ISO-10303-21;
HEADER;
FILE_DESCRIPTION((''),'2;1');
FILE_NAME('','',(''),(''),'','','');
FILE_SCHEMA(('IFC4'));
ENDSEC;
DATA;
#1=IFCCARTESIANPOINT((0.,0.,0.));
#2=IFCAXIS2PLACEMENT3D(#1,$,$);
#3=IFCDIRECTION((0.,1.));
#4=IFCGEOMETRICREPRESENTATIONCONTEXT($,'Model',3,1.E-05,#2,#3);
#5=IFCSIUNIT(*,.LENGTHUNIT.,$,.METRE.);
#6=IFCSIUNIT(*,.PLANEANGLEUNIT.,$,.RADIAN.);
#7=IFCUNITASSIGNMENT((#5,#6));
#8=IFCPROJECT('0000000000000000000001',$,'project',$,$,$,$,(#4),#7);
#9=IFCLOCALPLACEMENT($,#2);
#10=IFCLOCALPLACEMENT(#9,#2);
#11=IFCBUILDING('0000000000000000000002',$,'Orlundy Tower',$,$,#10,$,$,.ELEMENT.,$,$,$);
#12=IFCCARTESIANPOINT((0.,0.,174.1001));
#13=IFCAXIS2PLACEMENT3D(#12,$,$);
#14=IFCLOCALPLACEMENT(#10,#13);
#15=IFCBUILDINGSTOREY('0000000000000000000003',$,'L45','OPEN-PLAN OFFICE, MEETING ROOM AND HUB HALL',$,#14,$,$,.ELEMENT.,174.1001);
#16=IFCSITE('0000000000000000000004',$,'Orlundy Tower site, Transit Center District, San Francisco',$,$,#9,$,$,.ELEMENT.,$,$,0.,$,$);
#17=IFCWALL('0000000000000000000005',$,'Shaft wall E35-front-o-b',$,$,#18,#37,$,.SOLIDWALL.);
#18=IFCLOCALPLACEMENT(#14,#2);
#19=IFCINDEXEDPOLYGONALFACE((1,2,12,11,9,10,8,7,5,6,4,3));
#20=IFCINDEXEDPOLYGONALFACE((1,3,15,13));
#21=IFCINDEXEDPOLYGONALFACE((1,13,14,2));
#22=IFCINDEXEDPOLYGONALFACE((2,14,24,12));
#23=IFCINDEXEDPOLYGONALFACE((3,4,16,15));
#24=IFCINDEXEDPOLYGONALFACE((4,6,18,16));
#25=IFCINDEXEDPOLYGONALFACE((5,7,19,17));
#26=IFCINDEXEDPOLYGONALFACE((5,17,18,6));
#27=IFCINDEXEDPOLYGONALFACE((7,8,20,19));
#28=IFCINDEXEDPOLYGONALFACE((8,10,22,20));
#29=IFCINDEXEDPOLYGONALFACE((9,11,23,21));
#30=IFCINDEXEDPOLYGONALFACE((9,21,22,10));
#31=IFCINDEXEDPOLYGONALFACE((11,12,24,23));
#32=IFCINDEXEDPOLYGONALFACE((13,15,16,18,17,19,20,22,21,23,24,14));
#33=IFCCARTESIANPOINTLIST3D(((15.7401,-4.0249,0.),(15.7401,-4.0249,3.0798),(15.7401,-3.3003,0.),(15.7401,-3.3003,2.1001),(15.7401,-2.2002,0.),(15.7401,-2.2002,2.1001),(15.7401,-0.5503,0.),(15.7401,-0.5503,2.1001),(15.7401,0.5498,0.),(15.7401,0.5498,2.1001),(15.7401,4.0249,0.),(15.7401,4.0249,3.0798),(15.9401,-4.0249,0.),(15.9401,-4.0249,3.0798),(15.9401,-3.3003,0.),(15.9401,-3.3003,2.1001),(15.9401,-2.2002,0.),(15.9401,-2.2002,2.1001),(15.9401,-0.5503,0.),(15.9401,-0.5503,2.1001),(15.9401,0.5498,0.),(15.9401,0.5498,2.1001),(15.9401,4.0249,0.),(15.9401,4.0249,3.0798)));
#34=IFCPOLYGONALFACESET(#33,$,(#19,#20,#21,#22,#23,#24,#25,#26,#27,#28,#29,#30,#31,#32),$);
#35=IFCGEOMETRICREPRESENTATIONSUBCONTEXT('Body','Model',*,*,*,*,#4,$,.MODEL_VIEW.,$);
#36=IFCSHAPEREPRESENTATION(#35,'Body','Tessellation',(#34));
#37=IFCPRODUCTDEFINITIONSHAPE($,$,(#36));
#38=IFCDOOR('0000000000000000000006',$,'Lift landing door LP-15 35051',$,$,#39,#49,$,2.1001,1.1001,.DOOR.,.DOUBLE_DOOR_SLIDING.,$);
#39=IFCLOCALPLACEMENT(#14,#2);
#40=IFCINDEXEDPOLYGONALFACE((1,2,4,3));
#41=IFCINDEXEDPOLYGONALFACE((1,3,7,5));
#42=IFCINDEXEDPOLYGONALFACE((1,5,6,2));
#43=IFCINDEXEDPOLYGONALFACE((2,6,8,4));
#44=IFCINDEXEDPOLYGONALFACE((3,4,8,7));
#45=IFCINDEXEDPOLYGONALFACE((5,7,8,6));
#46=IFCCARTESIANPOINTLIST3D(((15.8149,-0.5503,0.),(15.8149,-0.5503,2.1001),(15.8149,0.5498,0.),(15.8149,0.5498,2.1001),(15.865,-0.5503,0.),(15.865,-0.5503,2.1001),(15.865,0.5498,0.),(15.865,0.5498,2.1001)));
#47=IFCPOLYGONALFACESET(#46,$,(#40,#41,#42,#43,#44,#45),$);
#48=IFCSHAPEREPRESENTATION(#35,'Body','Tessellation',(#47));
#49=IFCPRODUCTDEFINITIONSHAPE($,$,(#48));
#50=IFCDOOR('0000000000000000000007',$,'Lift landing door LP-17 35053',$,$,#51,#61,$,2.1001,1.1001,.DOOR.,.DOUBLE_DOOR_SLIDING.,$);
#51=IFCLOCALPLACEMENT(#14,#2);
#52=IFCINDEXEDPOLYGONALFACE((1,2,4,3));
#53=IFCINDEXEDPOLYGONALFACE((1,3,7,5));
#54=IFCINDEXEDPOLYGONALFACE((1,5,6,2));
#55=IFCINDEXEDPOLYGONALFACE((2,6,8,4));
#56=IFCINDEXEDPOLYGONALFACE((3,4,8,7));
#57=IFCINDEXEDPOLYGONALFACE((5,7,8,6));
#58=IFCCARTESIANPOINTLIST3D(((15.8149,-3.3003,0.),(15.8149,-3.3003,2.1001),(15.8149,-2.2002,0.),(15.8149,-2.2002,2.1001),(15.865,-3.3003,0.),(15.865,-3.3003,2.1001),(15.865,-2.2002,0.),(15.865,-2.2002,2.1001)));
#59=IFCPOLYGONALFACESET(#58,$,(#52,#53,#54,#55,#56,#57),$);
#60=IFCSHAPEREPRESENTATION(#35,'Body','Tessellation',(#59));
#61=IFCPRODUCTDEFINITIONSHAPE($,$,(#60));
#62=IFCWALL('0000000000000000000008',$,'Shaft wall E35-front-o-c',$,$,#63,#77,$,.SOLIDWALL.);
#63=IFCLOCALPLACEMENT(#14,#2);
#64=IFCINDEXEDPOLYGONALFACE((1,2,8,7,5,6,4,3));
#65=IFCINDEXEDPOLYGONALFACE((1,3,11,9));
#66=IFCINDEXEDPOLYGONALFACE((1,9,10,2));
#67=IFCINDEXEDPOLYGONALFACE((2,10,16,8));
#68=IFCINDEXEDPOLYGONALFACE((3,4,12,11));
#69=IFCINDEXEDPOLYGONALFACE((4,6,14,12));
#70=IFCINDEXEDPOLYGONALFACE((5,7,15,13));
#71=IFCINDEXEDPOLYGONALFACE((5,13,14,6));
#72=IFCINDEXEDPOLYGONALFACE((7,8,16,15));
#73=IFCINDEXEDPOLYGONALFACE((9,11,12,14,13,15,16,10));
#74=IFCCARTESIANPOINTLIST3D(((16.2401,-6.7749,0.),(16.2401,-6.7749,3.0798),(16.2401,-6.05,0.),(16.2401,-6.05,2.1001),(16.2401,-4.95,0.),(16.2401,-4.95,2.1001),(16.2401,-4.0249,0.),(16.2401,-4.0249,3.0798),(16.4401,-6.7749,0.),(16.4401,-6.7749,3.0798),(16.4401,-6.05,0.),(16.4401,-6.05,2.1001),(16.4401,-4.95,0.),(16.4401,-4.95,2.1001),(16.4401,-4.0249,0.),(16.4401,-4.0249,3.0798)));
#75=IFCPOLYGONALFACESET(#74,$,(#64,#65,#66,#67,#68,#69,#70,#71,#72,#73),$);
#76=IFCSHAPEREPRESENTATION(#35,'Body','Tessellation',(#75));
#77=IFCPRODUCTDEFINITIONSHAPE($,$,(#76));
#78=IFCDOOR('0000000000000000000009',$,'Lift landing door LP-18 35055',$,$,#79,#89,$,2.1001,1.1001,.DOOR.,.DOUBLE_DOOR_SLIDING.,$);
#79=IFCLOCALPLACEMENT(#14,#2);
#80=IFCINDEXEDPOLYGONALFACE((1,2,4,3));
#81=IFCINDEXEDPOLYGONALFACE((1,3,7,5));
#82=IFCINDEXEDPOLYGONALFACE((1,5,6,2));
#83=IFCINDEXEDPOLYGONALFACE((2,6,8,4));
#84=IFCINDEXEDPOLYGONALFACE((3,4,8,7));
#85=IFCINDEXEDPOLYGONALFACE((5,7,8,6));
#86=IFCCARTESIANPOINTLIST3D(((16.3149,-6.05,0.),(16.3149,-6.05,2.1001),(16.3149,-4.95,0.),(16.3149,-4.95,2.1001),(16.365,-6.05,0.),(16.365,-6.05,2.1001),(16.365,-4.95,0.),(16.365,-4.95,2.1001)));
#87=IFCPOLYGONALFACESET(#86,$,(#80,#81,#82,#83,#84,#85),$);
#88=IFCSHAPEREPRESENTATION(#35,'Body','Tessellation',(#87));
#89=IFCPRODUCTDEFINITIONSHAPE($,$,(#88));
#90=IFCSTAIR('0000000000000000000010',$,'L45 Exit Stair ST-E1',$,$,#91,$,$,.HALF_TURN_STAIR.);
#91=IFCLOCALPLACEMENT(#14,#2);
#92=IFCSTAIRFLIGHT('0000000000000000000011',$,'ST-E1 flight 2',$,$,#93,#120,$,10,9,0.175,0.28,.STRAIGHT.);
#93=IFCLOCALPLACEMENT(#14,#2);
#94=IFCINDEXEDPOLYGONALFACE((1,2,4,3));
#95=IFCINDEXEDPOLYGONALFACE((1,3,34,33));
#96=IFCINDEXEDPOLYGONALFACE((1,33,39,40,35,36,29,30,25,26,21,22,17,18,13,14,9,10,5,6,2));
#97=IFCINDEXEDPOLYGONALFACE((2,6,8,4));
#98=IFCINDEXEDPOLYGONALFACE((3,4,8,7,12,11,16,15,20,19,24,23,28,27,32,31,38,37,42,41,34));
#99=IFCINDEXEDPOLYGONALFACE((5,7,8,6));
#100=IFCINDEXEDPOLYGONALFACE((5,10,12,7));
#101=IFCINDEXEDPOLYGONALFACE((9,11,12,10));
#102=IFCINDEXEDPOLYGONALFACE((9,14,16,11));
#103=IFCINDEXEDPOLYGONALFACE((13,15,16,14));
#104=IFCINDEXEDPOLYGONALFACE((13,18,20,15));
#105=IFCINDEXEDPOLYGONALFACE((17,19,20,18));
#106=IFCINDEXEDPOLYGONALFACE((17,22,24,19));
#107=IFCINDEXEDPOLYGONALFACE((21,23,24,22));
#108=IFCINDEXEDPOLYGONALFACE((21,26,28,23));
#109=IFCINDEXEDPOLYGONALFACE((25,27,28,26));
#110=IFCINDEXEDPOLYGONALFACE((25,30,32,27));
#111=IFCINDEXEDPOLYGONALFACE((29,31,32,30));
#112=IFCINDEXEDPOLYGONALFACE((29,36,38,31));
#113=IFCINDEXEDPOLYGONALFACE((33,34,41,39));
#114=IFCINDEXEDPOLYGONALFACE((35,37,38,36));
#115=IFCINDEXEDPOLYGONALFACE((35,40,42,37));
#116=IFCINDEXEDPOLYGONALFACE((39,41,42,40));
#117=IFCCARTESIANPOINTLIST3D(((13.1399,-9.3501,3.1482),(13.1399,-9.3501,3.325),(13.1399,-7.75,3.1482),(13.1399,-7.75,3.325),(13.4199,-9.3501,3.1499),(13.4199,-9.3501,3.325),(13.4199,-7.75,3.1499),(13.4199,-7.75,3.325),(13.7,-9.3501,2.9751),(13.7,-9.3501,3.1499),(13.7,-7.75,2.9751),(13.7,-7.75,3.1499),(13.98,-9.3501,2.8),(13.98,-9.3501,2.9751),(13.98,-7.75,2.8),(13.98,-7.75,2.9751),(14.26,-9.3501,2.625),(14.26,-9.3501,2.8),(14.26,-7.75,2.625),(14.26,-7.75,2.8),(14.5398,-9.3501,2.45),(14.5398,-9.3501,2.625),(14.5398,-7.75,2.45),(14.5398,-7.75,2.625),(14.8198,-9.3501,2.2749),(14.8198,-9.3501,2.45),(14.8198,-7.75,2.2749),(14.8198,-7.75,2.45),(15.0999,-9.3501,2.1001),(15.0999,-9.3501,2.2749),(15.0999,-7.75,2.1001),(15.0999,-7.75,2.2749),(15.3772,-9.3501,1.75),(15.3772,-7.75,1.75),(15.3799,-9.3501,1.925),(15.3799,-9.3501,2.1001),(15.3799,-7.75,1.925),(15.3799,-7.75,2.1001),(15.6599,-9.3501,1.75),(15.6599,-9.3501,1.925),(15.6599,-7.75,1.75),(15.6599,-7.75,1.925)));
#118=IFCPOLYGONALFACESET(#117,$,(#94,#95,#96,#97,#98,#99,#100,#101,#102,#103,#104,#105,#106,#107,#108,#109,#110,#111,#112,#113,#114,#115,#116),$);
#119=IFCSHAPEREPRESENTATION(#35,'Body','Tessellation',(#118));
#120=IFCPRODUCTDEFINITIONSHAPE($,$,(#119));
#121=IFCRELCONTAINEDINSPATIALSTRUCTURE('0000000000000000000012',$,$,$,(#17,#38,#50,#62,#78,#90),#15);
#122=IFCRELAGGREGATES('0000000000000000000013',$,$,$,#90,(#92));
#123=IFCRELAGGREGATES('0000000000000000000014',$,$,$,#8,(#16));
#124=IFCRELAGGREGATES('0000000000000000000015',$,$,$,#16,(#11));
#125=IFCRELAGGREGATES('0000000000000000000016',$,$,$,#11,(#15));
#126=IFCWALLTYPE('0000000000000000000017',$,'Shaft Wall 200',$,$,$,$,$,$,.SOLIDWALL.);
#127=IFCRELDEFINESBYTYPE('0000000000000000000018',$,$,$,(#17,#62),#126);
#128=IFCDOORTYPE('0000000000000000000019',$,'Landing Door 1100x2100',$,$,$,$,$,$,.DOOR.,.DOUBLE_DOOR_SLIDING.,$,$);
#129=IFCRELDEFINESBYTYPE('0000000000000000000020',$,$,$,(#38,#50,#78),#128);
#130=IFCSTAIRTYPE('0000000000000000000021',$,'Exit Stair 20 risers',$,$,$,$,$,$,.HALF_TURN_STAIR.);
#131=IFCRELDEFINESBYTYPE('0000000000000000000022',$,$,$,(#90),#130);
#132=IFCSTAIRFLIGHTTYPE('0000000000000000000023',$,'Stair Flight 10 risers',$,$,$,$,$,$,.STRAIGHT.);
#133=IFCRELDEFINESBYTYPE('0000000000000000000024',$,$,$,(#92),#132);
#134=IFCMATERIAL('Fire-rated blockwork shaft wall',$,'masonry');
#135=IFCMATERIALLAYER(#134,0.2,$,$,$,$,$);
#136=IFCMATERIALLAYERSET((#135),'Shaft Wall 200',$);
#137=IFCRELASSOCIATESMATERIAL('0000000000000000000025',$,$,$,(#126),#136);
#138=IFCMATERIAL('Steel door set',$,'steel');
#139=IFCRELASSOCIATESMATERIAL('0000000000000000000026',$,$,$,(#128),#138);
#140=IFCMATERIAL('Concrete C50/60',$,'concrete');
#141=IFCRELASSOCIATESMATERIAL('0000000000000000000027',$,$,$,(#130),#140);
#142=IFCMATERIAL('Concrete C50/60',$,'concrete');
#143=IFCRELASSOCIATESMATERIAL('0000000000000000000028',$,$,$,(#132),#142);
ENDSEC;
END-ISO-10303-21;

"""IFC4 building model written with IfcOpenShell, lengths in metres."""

from ifc_helpers import new_model, si_unit, direction, frame, frame_2d, origin, place, context, subcontext, project, spatial, polyline, rectangle, outline, extrude, material, layer, layer_set, type_object, element, fill, aggregate, save


model = new_model("IFC4")

# Units and contexts
model_context = context("Model", 3, precision=1e-05, world=origin(), true_north=direction((0.0, 1.0)))
body_context = subcontext(model_context, "Body", "Model", "MODEL_VIEW")
ifc_project = project(units=[si_unit("LENGTHUNIT", "METRE"), si_unit("PLANEANGLEUNIT", "RADIAN")], contexts=[model_context])

# Site, building, storey
site_placement = place(None, origin())
site = spatial("IfcSite", under=ifc_project, at=site_placement, Name="Orlundy Tower site, Transit Center District, San Francisco", CompositionType="ELEMENT", RefElevation=0.0)
building_placement = place(site_placement, origin())
building = spatial("IfcBuilding", under=site, at=building_placement, Name="Orlundy Tower", CompositionType="ELEMENT")
storey_placement = place(building_placement, frame((0.0, 0.0, 174.1001)))
storey = spatial("IfcBuildingStorey", under=building, at=storey_placement, Name="L45", Description="OPEN-PLAN OFFICE, MEETING ROOM AND HUB HALL", CompositionType="ELEMENT", Elevation=174.1001)

# Shared definitions
ifc_material_1 = material(Name="Fire-rated blockwork shaft wall", Category="masonry")
ifc_layer_1 = layer(ifc_material_1, 0.2)
ifc_layer_set_1 = layer_set([ifc_layer_1], Name="Shaft Wall 200")
wall_type_1 = type_object("IfcWallType", Name="Shaft Wall 200", PredefinedType="SOLIDWALL", material=ifc_layer_set_1)
ifc_material_2 = material(Name="Steel door set", Category="steel")
door_type_1 = type_object("IfcDoorType", Name="Landing Door 1100x2100", OperationType="DOUBLE_DOOR_SLIDING", PredefinedType="DOOR", material=ifc_material_2)

# Wall, openings, doors
wall_1_placement = place(storey_placement, frame((15.8401, 4.0249, 0.0), z_axis=(0.0, 0.0, 1.0), x_axis=(0.0, -1.0, 0.0)))
wall_1 = element("IfcWall", 1, at=wall_1_placement, inside=storey, type_object=wall_type_1, Name="Shaft wall E35-front-o-b", PredefinedType="SOLIDWALL", context=body_context, shape_type="SweptSolid", body=[
    extrude(rectangle(XDim=8.0498, YDim=0.2, at=frame_2d((4.0249, 0.0))), origin(), (0.0, 0.0, 1.0), 3.0798),
])
opening_1_placement = place(wall_1_placement, frame((3.4751, 0.0, 0.0)))
opening_1 = element("IfcOpeningElement", 2, at=opening_1_placement, cuts=wall_1, PredefinedType="OPENING", context=body_context, shape_type="SweptSolid", body=[
    extrude(rectangle(XDim=1.1001, YDim=2.1001, at=frame_2d((0.55, 1.05))), frame((0.0, 0.1101, 0.0), z_axis=(0.0, -1.0, 0.0), x_axis=(1.0, 0.0, 0.0)), (0.0, 0.0, 1.0), 0.2202),
])
opening_2_placement = place(wall_1_placement, frame((6.2251, 0.0, 0.0)))
opening_2 = element("IfcOpeningElement", 3, at=opening_2_placement, cuts=wall_1, PredefinedType="OPENING", context=body_context, shape_type="SweptSolid", body=[
    extrude(rectangle(XDim=1.1001, YDim=2.1001, at=frame_2d((0.55, 1.05))), frame((0.0, 0.1101, 0.0), z_axis=(0.0, -1.0, 0.0), x_axis=(1.0, 0.0, 0.0)), (0.0, 0.0, 1.0), 0.2202),
])
door_1_placement = place(opening_1_placement, origin())
door_1 = element("IfcDoor", 4, at=door_1_placement, inside=storey, type_object=door_type_1, Name="Lift landing door LP-15 35051", OperationType="DOUBLE_DOOR_SLIDING", OverallHeight=2.1001, OverallWidth=1.1001, PredefinedType="DOOR", context=body_context, shape_type="SweptSolid", body=[
    extrude(rectangle(XDim=1.1001, YDim=2.1001, at=frame_2d((0.55, 1.05))), frame((0.0, 0.0249, 0.0), z_axis=(0.0, -1.0, 0.0), x_axis=(1.0, 0.0, 0.0)), (0.0, 0.0, 1.0), 0.05),
])
fill(opening_1, door_1)
door_2_placement = place(opening_2_placement, origin())
door_2 = element("IfcDoor", 5, at=door_2_placement, inside=storey, type_object=door_type_1, Name="Lift landing door LP-17 35053", OperationType="DOUBLE_DOOR_SLIDING", OverallHeight=2.1001, OverallWidth=1.1001, PredefinedType="DOOR", context=body_context, shape_type="SweptSolid", body=[
    extrude(rectangle(XDim=1.1001, YDim=2.1001, at=frame_2d((0.55, 1.05))), frame((0.0, 0.0249, 0.0), z_axis=(0.0, -1.0, 0.0), x_axis=(1.0, 0.0, 0.0)), (0.0, 0.0, 1.0), 0.05),
])
fill(opening_2, door_2)

# Wall, opening, door
wall_2_placement = place(storey_placement, frame((16.3401, -4.0249, 0.0), z_axis=(0.0, 0.0, 1.0), x_axis=(0.0, -1.0, 0.0)))
wall_2 = element("IfcWall", 6, at=wall_2_placement, inside=storey, type_object=wall_type_1, Name="Shaft wall E35-front-o-c", PredefinedType="SOLIDWALL", context=body_context, shape_type="SweptSolid", body=[
    extrude(rectangle(XDim=2.75, YDim=0.2, at=frame_2d((1.375, 0.0))), origin(), (0.0, 0.0, 1.0), 3.0798),
])
opening_3_placement = place(wall_2_placement, frame((0.925, 0.0, 0.0)))
opening_3 = element("IfcOpeningElement", 7, at=opening_3_placement, cuts=wall_2, PredefinedType="OPENING", context=body_context, shape_type="SweptSolid", body=[
    extrude(rectangle(XDim=1.1001, YDim=2.1001, at=frame_2d((0.55, 1.05))), frame((0.0, 0.1101, 0.0), z_axis=(0.0, -1.0, 0.0), x_axis=(1.0, 0.0, 0.0)), (0.0, 0.0, 1.0), 0.2202),
])
door_3_placement = place(opening_3_placement, origin())
door_3 = element("IfcDoor", 8, at=door_3_placement, inside=storey, type_object=door_type_1, Name="Lift landing door LP-18 35055", OperationType="DOUBLE_DOOR_SLIDING", OverallHeight=2.1001, OverallWidth=1.1001, PredefinedType="DOOR", context=body_context, shape_type="SweptSolid", body=[
    extrude(rectangle(XDim=1.1001, YDim=2.1001, at=frame_2d((0.55, 1.05))), frame((0.0, 0.0249, 0.0), z_axis=(0.0, -1.0, 0.0), x_axis=(1.0, 0.0, 0.0)), (0.0, 0.0, 1.0), 0.05),
])
fill(opening_3, door_3)

# Stair, stair flight
ifc_material_3 = material(Name="Concrete C50/60", Category="concrete")
stair_type = type_object("IfcStairType", Name="Exit Stair 20 risers", PredefinedType="HALF_TURN_STAIR", material=ifc_material_3)
stair_placement = place(storey_placement, origin())
stair = element("IfcStair", 9, at=stair_placement, inside=storey, type_object=stair_type, Name="L45 Exit Stair ST-E1", PredefinedType="HALF_TURN_STAIR")
ifc_material_4 = material(Name="Concrete C50/60", Category="concrete")
stair_flight_type = type_object("IfcStairFlightType", Name="Stair Flight 10 risers", PredefinedType="STRAIGHT", material=ifc_material_4)
stair_flight_placement = place(storey_placement, frame((15.6599, -8.55, 1.75), z_axis=(0.0, 0.0, 1.0), x_axis=(-1.0, 0.0, 0.0)))
stair_flight = element("IfcStairFlight", 10, at=stair_flight_placement, type_object=stair_flight_type, Name="ST-E1 flight 2", NumberOfRisers=10, NumberOfTreads=9, PredefinedType="STRAIGHT", RiserHeight=0.175, TreadLength=0.28, context=body_context, shape_type="SweptSolid", body=[
    extrude(outline(polyline([(0.0, 0.0), (0.0, 0.175), (0.28, 0.175), (0.28, 0.3501), (0.5601, 0.3501), (0.5601, 0.5249), (0.8401, 0.5249), (0.8401, 0.7), (1.1201, 0.7), (1.1201, 0.875), (1.3999, 0.875), (1.3999, 1.05), (1.6799, 1.05), (1.6799, 1.2251), (1.96, 1.2251), (1.96, 1.3999), (2.24, 1.3999), (2.24, 1.575), (2.52, 1.575), (2.52, 1.75), (2.52, 1.3982), (0.2827, 0.0), (0.0, 0.0)])), frame((0.0, 0.8, 0.0), z_axis=(0.0, -1.0, 0.0), x_axis=(1.0, 0.0, 0.0)), (0.0, 0.0, 1.0), 1.6001),
])
aggregate(stair, [stair_flight])

save(model, "model.ifc")
